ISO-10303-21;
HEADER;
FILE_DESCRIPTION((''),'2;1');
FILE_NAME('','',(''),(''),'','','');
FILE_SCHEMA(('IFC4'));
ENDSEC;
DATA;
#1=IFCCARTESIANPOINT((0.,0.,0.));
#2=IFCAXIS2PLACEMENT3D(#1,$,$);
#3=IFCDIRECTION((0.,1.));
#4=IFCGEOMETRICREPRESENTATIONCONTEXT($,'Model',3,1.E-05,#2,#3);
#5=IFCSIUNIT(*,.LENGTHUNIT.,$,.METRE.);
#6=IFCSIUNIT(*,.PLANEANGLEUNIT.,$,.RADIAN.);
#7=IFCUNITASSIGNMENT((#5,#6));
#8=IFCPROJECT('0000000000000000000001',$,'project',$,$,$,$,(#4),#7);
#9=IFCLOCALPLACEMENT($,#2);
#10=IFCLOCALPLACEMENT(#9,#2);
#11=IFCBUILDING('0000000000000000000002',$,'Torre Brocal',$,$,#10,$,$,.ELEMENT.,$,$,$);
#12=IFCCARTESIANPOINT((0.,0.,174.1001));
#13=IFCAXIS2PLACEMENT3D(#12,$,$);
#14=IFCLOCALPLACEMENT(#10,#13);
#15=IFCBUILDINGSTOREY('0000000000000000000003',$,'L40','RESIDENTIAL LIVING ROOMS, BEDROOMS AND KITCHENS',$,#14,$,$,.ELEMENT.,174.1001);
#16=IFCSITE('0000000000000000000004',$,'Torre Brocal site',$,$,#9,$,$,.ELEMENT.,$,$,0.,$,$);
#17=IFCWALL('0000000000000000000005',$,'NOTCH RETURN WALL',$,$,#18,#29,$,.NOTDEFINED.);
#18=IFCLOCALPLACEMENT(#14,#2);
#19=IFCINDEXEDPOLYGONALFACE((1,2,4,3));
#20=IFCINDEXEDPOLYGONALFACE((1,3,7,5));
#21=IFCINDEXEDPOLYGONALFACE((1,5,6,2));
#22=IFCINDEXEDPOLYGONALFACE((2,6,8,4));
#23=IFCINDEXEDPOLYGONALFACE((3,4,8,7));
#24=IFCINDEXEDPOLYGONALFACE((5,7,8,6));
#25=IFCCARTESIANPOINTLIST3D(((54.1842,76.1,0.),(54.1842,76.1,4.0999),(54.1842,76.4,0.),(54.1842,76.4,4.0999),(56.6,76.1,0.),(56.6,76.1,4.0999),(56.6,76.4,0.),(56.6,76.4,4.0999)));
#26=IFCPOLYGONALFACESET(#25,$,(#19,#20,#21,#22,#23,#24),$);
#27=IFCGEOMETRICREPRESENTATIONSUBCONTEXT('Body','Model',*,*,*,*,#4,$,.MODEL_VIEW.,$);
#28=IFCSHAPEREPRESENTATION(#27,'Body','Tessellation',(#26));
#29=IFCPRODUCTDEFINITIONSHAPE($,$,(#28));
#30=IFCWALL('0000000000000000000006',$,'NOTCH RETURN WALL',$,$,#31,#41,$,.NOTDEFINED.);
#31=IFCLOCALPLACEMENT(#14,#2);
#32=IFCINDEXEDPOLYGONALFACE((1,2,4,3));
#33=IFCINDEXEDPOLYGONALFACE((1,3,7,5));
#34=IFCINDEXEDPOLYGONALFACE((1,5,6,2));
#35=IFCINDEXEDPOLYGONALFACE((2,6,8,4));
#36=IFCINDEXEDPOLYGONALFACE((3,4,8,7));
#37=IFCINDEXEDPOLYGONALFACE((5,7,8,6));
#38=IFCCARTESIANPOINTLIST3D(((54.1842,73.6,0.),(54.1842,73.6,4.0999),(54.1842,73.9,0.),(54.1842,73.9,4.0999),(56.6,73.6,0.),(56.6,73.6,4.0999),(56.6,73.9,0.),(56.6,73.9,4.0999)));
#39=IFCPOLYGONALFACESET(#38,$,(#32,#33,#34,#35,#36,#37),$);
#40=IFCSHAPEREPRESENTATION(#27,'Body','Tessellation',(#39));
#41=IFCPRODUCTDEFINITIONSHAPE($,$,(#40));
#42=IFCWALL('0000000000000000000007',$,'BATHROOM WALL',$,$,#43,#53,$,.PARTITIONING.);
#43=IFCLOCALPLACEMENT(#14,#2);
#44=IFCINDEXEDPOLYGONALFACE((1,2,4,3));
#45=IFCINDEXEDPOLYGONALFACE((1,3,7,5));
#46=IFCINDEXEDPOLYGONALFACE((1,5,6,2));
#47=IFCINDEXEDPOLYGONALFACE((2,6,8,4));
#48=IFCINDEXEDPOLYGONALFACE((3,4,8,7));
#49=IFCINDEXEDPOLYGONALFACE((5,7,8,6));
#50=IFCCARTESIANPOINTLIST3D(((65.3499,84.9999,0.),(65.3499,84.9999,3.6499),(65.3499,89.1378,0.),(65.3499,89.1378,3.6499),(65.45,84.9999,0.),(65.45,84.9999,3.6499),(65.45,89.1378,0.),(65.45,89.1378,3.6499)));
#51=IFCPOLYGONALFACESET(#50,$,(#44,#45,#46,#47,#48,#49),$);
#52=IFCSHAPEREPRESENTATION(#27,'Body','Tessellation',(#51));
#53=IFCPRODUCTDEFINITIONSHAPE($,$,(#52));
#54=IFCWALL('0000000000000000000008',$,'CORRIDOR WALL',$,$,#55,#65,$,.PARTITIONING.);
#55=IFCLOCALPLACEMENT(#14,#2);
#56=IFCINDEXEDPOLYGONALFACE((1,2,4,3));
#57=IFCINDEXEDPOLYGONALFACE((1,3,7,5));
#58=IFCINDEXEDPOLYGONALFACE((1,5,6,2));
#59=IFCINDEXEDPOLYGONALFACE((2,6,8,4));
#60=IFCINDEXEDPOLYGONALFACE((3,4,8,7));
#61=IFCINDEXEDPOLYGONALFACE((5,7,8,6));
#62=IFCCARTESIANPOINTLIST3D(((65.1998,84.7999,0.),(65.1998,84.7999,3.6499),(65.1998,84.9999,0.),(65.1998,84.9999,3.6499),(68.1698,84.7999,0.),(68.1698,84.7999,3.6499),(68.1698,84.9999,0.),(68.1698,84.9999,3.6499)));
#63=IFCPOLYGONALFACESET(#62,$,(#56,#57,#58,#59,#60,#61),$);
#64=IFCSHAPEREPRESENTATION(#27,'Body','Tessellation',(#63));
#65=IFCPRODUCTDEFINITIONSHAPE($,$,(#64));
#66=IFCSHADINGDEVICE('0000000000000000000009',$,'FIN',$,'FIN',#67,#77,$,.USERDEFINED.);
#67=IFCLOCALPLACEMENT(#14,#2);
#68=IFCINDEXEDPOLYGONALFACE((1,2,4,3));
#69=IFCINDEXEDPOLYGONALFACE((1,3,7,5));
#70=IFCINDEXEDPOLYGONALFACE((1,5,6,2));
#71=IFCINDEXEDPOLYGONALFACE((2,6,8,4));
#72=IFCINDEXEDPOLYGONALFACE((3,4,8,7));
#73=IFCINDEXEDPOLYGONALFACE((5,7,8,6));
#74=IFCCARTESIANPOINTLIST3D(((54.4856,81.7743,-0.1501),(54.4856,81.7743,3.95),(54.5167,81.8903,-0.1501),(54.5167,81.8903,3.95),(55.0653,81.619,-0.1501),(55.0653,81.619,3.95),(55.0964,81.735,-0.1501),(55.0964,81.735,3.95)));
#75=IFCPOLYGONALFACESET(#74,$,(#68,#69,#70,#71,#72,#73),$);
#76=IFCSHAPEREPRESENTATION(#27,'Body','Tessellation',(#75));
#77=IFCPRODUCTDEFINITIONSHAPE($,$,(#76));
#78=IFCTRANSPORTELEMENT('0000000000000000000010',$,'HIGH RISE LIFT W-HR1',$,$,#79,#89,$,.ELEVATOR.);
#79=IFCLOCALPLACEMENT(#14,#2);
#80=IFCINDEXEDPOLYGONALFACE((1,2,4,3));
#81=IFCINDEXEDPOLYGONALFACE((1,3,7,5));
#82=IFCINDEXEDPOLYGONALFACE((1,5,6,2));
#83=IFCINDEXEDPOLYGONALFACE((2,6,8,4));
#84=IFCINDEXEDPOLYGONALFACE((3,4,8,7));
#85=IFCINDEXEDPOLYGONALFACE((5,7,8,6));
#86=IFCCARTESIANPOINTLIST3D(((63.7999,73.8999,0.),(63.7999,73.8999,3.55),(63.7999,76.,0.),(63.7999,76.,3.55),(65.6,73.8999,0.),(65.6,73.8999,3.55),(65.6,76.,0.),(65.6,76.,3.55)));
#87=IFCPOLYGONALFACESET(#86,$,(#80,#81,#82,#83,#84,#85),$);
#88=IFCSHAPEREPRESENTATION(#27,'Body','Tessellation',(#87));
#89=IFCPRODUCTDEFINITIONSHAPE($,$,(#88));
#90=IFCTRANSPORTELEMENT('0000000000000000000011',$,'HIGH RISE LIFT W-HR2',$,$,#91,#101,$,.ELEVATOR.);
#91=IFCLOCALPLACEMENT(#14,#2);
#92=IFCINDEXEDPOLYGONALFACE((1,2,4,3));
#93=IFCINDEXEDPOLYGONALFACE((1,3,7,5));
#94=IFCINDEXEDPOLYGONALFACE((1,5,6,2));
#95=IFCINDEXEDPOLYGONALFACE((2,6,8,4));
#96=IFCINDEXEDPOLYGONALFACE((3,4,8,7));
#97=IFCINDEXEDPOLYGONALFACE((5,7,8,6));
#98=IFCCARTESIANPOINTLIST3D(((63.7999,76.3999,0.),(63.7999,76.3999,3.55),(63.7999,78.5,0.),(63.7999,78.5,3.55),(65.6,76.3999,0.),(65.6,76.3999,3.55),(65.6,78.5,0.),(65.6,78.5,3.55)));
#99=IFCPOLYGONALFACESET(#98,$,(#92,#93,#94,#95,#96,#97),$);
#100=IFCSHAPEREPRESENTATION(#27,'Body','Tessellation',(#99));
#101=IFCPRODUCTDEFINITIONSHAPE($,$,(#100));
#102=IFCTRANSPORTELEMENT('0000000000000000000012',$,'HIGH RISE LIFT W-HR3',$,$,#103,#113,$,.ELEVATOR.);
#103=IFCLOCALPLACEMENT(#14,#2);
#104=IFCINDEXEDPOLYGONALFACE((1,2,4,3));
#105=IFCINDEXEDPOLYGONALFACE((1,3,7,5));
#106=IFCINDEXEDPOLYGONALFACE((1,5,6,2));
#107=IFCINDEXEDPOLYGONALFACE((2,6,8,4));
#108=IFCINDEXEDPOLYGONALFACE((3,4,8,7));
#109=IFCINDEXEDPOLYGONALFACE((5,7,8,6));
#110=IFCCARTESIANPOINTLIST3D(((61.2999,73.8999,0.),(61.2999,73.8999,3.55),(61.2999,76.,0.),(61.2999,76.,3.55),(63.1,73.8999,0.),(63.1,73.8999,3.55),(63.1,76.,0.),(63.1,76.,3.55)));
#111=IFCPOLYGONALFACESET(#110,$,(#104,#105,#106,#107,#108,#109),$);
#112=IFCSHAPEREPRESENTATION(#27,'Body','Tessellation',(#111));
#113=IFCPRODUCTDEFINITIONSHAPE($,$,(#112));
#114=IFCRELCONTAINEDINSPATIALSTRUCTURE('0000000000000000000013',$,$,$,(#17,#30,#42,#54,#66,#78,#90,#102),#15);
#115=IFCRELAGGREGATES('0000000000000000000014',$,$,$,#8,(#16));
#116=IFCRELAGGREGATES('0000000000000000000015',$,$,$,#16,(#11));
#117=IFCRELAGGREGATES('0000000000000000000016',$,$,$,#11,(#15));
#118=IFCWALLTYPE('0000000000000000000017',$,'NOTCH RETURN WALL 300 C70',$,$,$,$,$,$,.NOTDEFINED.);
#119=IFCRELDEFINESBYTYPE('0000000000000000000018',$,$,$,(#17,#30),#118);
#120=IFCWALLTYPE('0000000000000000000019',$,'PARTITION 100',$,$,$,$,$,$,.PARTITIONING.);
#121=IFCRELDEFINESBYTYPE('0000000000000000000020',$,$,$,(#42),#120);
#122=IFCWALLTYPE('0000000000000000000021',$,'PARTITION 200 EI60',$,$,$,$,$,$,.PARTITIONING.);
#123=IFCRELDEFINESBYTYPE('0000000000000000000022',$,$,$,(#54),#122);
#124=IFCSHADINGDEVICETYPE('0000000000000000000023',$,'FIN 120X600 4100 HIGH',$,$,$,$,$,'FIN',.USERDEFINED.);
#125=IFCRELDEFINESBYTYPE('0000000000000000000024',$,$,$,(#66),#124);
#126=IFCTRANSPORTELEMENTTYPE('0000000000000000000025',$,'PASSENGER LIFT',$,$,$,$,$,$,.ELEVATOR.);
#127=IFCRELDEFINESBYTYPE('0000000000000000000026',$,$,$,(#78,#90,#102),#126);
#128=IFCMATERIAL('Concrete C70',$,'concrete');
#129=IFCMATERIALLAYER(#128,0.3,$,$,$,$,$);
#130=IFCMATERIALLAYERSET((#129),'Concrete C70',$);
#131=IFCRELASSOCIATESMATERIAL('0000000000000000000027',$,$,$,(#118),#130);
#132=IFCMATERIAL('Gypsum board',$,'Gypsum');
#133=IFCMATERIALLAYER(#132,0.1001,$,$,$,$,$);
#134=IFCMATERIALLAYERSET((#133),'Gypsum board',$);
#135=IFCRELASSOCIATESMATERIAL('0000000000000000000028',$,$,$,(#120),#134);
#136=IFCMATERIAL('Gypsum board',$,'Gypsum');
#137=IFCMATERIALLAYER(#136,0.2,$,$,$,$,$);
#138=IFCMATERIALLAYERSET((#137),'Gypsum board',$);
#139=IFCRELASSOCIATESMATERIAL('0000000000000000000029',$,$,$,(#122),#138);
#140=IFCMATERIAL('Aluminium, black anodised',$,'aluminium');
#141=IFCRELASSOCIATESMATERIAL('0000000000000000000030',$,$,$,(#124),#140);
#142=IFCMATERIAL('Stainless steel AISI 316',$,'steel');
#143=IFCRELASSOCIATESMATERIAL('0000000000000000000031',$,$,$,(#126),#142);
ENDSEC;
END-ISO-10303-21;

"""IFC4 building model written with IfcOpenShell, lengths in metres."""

from ifc_helpers import new_model, si_unit, direction, frame, frame_2d, origin, origin_2d, place, context, subcontext, project, spatial, rectangle, extrude, material, layer, layer_set, material_profile, profile_set, type_object, element, save


model = new_model("IFC4")

# Units and contexts
model_context = context("Model", 3, precision=1e-05, world=origin(), true_north=direction((0.0, 1.0)))
body_context = subcontext(model_context, "Body", "Model", "MODEL_VIEW")
ifc_project = project(units=[si_unit("LENGTHUNIT", "METRE"), si_unit("PLANEANGLEUNIT", "RADIAN")], contexts=[model_context])

# Site, building, storey
site_placement = place(None, origin())
site = spatial("IfcSite", under=ifc_project, at=site_placement, Name="Torre Brocal site", CompositionType="ELEMENT", RefElevation=0.0)
building_placement = place(site_placement, origin())
building = spatial("IfcBuilding", under=site, at=building_placement, Name="Torre Brocal", CompositionType="ELEMENT")
storey_placement = place(building_placement, frame((0.0, 0.0, 174.1001)))
storey = spatial("IfcBuildingStorey", under=building, at=storey_placement, Name="L40", Description="RESIDENTIAL LIVING ROOMS, BEDROOMS AND KITCHENS", CompositionType="ELEMENT", Elevation=174.1001)

# Walls
ifc_material_1 = material(Name="Concrete C70", Category="concrete")
ifc_layer_1 = layer(ifc_material_1, 0.3)
ifc_layer_set_1 = layer_set([ifc_layer_1], Name="Concrete C70")
wall_type_1 = type_object("IfcWallType", Name="NOTCH RETURN WALL 300 C70", PredefinedType="NOTDEFINED", material=ifc_layer_set_1)
for number, where, z_axis, x_axis, name in (
    (1, (56.6001, 76.25, 0.0), (0.0, 0.0, 1.0), (-1.0, 0.0, 0.0), "NOTCH RETURN WALL"),
    (2, (56.6001, 73.75, 0.0), (0.0, 0.0, 1.0), (-1.0, 0.0, 0.0), "NOTCH RETURN WALL"),
):
    element("IfcWall", number, at=place(storey_placement, frame(where, z_axis=z_axis, x_axis=x_axis)), inside=storey, type_object=wall_type_1, Name=name, PredefinedType="NOTDEFINED", context=body_context, shape_type="SweptSolid", body=[
        extrude(rectangle(XDim=2.4158, YDim=0.3, at=frame_2d((1.208, 0.0))), origin(), (0.0, 0.0, 1.0), 4.0999),
    ])
ifc_material_2 = material(Name="Gypsum board", Category="Gypsum")
ifc_layer_2 = layer(ifc_material_2, 0.1001)
ifc_layer_set_2 = layer_set([ifc_layer_2], Name="Gypsum board")
wall_type_2 = type_object("IfcWallType", Name="PARTITION 100", PredefinedType="PARTITIONING", material=ifc_layer_set_2)
wall_1_placement = place(storey_placement, frame((65.3999, 85.0, 0.0), z_axis=(0.0, 0.0, 1.0), x_axis=(0.0, 1.0, 0.0)))
element("IfcWall", 3, at=wall_1_placement, inside=storey, type_object=wall_type_2, Name="BATHROOM WALL", PredefinedType="PARTITIONING", context=body_context, shape_type="SweptSolid", body=[
    extrude(rectangle(XDim=4.1379, YDim=0.1001, at=frame_2d((2.0688, 0.0))), origin(), (0.0, 0.0, 1.0), 3.6499),
])
ifc_material_3 = material(Name="Gypsum board", Category="Gypsum")
ifc_layer_3 = layer(ifc_material_3, 0.2)
ifc_layer_set_3 = layer_set([ifc_layer_3], Name="Gypsum board")
wall_type_3 = type_object("IfcWallType", Name="PARTITION 200 EI60", PredefinedType="PARTITIONING", material=ifc_layer_set_3)
wall_2_placement = place(storey_placement, frame((65.2, 84.8999, 0.0), z_axis=(0.0, 0.0, 1.0), x_axis=(1.0, 0.0, 0.0)))
element("IfcWall", 4, at=wall_2_placement, inside=storey, type_object=wall_type_3, Name="CORRIDOR WALL", PredefinedType="PARTITIONING", context=body_context, shape_type="SweptSolid", body=[
    extrude(rectangle(XDim=2.97, YDim=0.2, at=frame_2d((1.4849, 0.0))), origin(), (0.0, 0.0, 1.0), 3.6499),
])

# Shading device
ifc_material_4 = material(Name="Aluminium, black anodised", Category="aluminium")
ifc_material_profile_1 = material_profile(ifc_material_4, rectangle(XDim=0.1201, YDim=0.6001, at=origin_2d()), Name="FIN 120X600 4100 HIGH")
ifc_profile_set_1 = profile_set([ifc_material_profile_1], Name="Aluminium, black anodised")
shading_device_type = type_object("IfcShadingDeviceType", Name="FIN 120X600 4100 HIGH", ElementType="FIN", PredefinedType="USERDEFINED", material=ifc_profile_set_1)
shading_device_placement = place(storey_placement, frame((54.791, 81.7546, -0.1501), z_axis=(0.0, 0.0, 1.0), x_axis=(-0.258819, -0.965926, 0.0)))
element("IfcShadingDevice", 5, at=shading_device_placement, inside=storey, type_object=shading_device_type, Name="FIN", ObjectType="FIN", PredefinedType="USERDEFINED", context=body_context, shape_type="SweptSolid", body=[
    extrude(rectangle(XDim=0.1201, YDim=0.6001, at=origin_2d()), origin(), (0.0, 0.0, 1.0), 4.1001),
])

# Transport elements
ifc_material_5 = material(Name="Stainless steel AISI 316", Category="steel")
transport_element_type = type_object("IfcTransportElementType", Name="PASSENGER LIFT", PredefinedType="ELEVATOR", material=ifc_material_5)
for number, where, z_axis, x_axis, name in (
    (6, (64.7, 74.95, 0.0), (0.0, 0.0, 1.0), (1.0, 0.0, 0.0), "HIGH RISE LIFT W-HR1"),
    (7, (64.7, 77.45, 0.0), (0.0, 0.0, 1.0), (1.0, 0.0, 0.0), "HIGH RISE LIFT W-HR2"),
    (8, (62.2, 74.95, 0.0), (0.0, 0.0, 1.0), (1.0, 0.0, 0.0), "HIGH RISE LIFT W-HR3"),
):
    element("IfcTransportElement", number, at=place(storey_placement, frame(where, z_axis=z_axis, x_axis=x_axis)), inside=storey, type_object=transport_element_type, Name=name, PredefinedType="ELEVATOR", context=body_context, shape_type="SweptSolid", body=[
        extrude(rectangle(XDim=1.8, YDim=2.1001, at=origin_2d()), origin(), (0.0, 0.0, 1.0), 3.55),
    ])

save(model, "model.ifc")
